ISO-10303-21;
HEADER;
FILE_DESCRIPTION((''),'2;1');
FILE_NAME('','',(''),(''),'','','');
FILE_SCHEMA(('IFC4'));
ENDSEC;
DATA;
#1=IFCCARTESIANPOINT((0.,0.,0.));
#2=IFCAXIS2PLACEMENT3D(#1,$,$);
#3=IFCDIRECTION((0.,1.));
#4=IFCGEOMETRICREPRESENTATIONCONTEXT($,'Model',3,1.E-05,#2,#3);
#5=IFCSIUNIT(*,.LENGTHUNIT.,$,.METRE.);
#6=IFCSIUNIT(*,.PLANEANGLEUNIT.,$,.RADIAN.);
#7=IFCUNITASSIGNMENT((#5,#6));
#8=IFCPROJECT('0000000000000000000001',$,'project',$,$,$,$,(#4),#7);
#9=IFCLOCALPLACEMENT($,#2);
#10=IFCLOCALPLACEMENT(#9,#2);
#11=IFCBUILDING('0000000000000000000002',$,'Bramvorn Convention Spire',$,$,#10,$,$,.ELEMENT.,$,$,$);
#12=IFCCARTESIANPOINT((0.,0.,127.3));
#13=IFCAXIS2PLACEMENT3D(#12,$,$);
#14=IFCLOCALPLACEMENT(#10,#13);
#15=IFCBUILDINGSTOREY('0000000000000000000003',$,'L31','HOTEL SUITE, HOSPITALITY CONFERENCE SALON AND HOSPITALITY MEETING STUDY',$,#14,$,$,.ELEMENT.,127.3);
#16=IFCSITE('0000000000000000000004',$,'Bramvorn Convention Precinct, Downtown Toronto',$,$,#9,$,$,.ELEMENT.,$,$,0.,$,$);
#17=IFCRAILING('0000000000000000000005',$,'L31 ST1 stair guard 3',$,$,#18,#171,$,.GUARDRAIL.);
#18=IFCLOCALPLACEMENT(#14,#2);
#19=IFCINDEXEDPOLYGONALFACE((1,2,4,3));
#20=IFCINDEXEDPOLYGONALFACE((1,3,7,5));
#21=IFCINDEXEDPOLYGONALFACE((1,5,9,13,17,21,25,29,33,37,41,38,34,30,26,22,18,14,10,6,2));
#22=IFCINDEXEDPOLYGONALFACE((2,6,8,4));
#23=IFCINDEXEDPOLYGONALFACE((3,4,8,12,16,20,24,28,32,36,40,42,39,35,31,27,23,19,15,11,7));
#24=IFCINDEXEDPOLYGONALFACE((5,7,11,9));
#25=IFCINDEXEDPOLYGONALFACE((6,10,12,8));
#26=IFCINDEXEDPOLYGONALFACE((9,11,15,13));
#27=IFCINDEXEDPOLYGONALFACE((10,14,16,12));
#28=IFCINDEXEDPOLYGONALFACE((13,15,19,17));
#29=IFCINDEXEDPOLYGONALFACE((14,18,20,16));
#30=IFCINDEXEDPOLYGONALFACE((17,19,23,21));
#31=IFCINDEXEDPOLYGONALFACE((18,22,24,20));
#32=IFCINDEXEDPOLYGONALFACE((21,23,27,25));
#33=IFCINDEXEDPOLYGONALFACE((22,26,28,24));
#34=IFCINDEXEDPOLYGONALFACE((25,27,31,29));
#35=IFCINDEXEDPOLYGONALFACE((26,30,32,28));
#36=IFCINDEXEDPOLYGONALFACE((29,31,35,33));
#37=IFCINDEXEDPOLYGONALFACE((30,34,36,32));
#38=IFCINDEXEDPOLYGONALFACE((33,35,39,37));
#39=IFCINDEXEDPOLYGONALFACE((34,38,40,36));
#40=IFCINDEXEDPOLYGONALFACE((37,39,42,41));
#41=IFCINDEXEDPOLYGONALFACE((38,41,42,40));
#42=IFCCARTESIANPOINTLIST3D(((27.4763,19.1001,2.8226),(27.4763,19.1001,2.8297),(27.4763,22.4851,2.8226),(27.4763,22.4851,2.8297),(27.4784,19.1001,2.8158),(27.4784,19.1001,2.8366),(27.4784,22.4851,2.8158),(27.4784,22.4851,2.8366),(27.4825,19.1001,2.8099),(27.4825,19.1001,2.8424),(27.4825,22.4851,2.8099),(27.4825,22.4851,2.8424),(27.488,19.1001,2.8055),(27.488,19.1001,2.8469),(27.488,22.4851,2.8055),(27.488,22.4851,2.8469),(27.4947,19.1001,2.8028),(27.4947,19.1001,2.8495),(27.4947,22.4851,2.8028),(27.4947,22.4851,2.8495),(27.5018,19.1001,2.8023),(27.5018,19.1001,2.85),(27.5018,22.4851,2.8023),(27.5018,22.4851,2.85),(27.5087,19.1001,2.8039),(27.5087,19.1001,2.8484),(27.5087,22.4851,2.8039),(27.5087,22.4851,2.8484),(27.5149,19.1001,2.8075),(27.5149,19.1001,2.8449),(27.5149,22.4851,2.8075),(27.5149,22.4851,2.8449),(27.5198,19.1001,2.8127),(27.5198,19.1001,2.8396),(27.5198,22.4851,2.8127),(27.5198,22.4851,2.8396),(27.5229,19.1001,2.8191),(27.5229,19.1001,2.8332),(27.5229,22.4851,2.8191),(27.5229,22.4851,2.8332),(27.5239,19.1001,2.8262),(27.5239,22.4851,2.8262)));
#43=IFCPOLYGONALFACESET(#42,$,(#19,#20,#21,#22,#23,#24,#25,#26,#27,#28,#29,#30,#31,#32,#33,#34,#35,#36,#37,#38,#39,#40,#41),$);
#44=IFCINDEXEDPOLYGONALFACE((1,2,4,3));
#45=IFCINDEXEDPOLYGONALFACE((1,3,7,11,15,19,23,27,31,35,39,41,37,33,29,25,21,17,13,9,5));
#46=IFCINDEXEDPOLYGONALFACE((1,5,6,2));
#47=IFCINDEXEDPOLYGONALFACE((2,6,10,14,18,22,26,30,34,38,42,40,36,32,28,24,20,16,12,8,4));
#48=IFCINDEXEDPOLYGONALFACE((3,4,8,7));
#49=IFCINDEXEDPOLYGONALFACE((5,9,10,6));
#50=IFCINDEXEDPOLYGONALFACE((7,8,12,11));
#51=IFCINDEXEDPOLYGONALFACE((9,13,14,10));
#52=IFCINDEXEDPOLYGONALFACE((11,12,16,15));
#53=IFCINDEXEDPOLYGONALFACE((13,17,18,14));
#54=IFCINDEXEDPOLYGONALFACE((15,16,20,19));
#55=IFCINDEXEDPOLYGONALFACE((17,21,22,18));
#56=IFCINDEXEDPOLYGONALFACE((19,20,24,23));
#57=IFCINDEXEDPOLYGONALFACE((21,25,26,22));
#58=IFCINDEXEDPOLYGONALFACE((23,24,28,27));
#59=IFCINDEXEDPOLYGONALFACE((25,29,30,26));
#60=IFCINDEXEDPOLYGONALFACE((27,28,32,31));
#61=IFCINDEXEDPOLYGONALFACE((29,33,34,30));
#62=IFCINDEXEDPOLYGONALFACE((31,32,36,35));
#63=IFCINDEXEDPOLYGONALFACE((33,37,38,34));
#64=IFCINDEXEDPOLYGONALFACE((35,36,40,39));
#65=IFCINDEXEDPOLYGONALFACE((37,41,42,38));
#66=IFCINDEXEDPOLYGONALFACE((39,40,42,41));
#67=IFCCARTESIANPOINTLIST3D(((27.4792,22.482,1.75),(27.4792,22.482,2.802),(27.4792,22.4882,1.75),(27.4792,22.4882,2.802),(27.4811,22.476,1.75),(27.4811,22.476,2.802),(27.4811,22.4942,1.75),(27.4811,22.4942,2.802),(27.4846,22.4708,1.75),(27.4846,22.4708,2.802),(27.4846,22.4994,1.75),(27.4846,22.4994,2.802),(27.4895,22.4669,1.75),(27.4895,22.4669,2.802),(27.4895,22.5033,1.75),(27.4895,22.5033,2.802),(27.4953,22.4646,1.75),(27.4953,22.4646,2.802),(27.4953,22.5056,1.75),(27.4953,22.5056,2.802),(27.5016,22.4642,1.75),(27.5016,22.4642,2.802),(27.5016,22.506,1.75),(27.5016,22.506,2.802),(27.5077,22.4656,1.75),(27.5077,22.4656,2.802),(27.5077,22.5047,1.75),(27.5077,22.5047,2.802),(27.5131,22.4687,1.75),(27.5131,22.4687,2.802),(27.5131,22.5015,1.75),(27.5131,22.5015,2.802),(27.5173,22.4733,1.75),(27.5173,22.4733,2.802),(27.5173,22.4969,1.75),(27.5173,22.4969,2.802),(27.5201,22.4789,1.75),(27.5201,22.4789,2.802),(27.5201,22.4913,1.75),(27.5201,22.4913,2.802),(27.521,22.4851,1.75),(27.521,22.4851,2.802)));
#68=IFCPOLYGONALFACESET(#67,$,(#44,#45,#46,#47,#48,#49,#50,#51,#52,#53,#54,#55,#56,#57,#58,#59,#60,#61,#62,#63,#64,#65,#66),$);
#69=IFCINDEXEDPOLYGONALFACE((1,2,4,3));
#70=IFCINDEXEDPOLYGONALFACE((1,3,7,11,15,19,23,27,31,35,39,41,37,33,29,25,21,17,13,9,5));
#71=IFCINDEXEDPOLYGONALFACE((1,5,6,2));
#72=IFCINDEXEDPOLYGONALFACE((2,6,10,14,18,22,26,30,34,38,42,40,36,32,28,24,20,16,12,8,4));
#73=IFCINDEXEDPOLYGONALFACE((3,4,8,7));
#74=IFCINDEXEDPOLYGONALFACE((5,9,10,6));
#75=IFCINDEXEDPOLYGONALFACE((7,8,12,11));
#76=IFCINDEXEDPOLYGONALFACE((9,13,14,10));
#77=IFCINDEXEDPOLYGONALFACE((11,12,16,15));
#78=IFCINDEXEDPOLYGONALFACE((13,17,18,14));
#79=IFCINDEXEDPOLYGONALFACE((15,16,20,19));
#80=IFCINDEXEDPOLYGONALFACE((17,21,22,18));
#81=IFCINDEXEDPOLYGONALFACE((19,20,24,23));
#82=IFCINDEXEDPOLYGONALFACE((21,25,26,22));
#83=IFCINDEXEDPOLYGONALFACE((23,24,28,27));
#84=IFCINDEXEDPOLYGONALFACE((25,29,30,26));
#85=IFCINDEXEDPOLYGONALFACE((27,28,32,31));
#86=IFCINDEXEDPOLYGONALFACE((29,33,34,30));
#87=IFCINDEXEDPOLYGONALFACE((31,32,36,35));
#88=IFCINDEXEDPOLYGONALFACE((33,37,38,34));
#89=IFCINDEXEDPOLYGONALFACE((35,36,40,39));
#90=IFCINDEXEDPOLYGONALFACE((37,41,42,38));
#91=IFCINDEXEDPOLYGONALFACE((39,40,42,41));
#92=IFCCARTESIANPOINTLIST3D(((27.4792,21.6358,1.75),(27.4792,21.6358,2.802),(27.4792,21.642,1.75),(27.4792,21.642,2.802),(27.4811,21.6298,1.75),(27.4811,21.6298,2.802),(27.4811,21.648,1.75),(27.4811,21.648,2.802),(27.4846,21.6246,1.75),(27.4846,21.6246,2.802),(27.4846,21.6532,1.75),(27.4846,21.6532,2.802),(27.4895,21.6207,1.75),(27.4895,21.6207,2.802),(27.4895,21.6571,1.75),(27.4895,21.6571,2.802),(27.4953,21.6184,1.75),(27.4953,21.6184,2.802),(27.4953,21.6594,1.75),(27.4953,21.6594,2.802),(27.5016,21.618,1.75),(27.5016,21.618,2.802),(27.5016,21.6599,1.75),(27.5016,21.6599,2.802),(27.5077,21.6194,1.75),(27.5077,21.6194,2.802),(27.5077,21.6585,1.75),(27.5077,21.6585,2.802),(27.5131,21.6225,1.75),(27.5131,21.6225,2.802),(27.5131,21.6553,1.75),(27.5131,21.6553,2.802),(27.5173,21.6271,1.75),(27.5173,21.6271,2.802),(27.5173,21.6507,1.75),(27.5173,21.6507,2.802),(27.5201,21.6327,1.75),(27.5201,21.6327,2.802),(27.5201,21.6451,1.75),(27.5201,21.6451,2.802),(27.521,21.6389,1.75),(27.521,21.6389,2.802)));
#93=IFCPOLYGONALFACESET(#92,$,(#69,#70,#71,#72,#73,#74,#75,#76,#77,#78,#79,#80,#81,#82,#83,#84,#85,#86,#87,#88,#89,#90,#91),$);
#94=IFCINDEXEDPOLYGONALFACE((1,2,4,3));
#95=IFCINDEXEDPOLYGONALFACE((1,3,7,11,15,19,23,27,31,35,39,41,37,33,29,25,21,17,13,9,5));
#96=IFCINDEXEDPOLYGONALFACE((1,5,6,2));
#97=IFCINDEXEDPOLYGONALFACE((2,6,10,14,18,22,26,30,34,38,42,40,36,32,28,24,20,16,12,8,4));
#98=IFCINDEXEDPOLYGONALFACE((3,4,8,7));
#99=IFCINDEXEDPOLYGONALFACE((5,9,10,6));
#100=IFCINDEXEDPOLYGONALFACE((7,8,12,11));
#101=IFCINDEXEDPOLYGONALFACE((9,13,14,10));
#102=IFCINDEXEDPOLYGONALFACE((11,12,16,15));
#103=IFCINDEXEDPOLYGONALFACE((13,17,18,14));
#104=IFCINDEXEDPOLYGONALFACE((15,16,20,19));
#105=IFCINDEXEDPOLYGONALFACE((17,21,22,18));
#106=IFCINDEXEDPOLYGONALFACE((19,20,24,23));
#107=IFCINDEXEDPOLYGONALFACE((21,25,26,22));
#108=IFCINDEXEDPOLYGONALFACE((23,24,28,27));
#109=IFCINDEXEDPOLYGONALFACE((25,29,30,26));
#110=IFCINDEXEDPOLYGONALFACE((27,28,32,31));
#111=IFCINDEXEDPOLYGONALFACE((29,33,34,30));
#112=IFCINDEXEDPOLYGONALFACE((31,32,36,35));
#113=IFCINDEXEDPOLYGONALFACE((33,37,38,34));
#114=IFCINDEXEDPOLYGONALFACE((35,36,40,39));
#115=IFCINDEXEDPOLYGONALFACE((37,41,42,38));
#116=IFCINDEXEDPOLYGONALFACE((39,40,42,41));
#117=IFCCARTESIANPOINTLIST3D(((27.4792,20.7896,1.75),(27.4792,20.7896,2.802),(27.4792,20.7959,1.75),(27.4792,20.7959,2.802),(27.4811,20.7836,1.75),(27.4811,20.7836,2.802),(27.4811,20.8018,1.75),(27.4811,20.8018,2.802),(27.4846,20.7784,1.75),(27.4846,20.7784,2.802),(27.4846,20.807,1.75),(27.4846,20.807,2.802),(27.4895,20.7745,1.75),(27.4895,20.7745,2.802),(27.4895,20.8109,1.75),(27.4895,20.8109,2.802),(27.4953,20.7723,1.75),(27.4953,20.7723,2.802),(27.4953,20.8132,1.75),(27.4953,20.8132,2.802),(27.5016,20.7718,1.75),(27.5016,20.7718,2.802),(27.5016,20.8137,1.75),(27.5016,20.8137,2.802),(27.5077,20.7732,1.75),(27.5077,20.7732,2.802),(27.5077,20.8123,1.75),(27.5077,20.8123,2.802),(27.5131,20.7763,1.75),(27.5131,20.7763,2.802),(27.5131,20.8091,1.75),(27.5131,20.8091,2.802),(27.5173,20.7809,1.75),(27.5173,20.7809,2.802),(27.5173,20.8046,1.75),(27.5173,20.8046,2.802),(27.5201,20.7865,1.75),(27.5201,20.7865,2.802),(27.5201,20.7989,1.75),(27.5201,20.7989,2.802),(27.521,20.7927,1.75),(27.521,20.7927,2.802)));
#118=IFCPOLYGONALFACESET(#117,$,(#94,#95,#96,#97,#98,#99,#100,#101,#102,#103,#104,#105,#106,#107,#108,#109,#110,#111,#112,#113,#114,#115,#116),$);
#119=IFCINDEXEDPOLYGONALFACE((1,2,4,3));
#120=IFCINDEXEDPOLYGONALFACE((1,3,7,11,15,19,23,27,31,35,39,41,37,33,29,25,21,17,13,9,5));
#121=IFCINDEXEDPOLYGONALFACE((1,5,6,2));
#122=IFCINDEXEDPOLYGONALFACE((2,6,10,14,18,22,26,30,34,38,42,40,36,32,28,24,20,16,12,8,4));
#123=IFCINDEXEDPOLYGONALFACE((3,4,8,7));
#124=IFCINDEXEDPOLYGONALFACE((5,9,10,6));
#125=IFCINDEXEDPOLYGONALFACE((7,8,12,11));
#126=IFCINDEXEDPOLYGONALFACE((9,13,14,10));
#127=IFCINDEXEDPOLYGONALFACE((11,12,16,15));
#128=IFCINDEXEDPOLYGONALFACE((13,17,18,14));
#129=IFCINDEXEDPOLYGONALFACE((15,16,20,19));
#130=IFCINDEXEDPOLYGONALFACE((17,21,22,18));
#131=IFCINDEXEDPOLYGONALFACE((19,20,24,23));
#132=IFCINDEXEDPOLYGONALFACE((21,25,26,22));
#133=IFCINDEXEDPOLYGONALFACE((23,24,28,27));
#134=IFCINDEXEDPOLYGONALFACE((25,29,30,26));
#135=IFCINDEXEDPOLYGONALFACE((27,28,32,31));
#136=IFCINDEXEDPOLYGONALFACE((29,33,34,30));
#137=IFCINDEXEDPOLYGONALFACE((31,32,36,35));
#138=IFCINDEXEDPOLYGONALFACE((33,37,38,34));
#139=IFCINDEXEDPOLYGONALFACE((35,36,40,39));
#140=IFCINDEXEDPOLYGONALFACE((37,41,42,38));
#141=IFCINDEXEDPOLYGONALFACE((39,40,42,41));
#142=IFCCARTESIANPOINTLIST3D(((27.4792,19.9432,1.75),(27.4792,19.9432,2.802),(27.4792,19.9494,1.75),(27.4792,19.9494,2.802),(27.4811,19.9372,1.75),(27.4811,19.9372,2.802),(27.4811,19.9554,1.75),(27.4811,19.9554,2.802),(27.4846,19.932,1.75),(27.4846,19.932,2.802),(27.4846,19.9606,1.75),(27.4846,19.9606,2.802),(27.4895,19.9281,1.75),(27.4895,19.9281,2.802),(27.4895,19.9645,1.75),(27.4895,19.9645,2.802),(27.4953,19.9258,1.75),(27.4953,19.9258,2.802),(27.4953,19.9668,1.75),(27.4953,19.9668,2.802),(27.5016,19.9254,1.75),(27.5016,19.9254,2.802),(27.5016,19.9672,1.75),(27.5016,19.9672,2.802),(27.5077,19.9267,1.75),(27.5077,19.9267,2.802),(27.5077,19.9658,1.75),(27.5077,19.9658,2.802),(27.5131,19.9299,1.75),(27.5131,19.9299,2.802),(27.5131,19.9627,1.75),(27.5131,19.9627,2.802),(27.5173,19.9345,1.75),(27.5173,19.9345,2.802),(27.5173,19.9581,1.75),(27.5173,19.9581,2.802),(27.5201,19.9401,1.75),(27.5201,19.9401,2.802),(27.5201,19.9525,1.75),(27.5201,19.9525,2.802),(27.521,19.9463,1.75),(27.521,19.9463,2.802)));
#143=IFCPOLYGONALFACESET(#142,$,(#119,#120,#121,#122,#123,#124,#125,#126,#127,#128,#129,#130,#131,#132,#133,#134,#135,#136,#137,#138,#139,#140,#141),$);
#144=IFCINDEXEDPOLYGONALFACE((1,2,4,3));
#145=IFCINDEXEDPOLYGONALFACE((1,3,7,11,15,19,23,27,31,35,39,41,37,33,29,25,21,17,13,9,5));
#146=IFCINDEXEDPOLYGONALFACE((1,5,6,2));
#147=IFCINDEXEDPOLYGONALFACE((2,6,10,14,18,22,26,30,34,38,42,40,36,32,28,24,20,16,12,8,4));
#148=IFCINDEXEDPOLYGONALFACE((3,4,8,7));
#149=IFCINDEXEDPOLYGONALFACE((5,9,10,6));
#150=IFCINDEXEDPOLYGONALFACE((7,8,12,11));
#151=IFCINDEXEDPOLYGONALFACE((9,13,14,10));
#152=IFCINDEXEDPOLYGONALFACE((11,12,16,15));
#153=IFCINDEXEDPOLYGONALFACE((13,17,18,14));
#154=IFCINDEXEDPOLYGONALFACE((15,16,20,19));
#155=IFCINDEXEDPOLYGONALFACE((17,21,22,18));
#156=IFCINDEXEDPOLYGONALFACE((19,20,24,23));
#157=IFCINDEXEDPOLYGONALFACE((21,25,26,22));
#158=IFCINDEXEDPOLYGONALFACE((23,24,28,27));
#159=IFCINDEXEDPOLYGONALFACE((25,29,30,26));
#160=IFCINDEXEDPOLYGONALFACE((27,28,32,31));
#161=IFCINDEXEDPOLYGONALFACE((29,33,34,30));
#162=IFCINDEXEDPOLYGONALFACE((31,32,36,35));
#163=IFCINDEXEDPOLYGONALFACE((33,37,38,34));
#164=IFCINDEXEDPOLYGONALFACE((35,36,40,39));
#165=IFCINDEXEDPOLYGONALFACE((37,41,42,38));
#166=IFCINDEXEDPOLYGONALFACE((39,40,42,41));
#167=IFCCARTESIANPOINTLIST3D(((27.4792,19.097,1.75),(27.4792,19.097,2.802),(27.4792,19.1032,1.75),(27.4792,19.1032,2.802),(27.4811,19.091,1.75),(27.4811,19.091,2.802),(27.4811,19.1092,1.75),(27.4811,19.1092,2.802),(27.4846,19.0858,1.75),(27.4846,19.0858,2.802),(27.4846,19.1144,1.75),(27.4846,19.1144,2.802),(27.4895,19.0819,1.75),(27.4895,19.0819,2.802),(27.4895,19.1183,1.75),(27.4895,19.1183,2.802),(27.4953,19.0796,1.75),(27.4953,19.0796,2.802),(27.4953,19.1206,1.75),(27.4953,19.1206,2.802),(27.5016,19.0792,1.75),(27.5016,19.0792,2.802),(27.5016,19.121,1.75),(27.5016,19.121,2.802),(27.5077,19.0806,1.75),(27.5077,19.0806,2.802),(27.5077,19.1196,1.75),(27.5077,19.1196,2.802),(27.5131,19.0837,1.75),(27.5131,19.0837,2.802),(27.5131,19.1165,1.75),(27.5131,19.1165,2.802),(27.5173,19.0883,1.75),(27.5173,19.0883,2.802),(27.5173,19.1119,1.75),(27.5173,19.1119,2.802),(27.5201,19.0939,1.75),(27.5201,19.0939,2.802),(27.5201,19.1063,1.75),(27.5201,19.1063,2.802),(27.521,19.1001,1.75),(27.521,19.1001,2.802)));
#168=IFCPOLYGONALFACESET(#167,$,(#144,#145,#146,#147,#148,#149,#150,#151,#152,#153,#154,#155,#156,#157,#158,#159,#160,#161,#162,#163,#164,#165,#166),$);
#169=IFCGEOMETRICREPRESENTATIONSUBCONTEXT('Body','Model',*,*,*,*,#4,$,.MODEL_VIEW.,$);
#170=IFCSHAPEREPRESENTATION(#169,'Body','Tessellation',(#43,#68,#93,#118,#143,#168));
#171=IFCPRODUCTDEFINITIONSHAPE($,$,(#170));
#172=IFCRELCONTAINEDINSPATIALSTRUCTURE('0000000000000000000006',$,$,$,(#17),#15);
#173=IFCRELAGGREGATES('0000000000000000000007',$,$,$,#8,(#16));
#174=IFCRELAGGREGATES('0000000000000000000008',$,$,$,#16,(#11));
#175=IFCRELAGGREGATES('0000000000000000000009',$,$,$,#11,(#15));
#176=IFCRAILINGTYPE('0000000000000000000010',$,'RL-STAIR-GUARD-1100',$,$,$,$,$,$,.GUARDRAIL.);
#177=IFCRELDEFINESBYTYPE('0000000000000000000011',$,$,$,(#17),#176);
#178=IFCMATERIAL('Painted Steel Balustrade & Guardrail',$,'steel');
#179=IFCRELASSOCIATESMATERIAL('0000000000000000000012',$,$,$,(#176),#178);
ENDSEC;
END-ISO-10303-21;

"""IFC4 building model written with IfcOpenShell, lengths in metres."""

from ifc_helpers import new_model, si_unit, direction, frame, origin, origin_2d, place, context, subcontext, project, spatial, circle, extrude, material, type_object, element, save


model = new_model("IFC4")

# Units and contexts
model_context = context("Model", 3, precision=1e-05, world=origin(), true_north=direction((0.0, 1.0)))
body_context = subcontext(model_context, "Body", "Model", "MODEL_VIEW")
ifc_project = project(units=[si_unit("LENGTHUNIT", "METRE"), si_unit("PLANEANGLEUNIT", "RADIAN")], contexts=[model_context])

# Site, building, storey
site_placement = place(None, origin())
site = spatial("IfcSite", under=ifc_project, at=site_placement, Name="Bramvorn Convention Precinct, Downtown Toronto", CompositionType="ELEMENT", RefElevation=0.0)
building_placement = place(site_placement, origin())
building = spatial("IfcBuilding", under=site, at=building_placement, Name="Bramvorn Convention Spire", CompositionType="ELEMENT")
storey_placement = place(building_placement, frame((0.0, 0.0, 127.3)))
storey = spatial("IfcBuildingStorey", under=building, at=storey_placement, Name="L31", Description="HOTEL SUITE, HOSPITALITY CONFERENCE SALON AND HOSPITALITY MEETING STUDY", CompositionType="ELEMENT", Elevation=127.3)

# Railing
ifc_material_1 = material(Name="Painted Steel Balustrade & Guardrail", Category="steel")
railing_type_1 = type_object("IfcRailingType", Name="RL-STAIR-GUARD-1100", PredefinedType="GUARDRAIL", material=ifc_material_1)
railing_1_placement = place(storey_placement, frame((27.5, 22.4851, 1.75)))
element("IfcRailing", 1, at=railing_1_placement, inside=storey, type_object=railing_type_1, Name="L31 ST1 stair guard 3", PredefinedType="GUARDRAIL", context=body_context, shape_type="SweptSolid", body=[
    extrude(circle(Radius=0.0239, at=origin_2d()), frame((0.0, 0.0, 1.0762), z_axis=(0.0, -1.0, 0.0), x_axis=(1.0, 0.0, 0.0)), (0.0, 0.0, 1.0), 3.385),
    extrude(circle(Radius=0.021, at=origin_2d()), origin(), (0.0, 0.0, 1.0), 1.052),
    extrude(circle(Radius=0.021, at=origin_2d()), frame((0.0, -0.8462, 0.0)), (0.0, 0.0, 1.0), 1.052),
    extrude(circle(Radius=0.021, at=origin_2d()), frame((0.0, -1.6924, 0.0)), (0.0, 0.0, 1.0), 1.052),
    extrude(circle(Radius=0.021, at=origin_2d()), frame((0.0, -2.5388, 0.0)), (0.0, 0.0, 1.0), 1.052),
    extrude(circle(Radius=0.021, at=origin_2d()), frame((0.0, -3.385, 0.0)), (0.0, 0.0, 1.0), 1.052),
])

save(model, "model.ifc")
